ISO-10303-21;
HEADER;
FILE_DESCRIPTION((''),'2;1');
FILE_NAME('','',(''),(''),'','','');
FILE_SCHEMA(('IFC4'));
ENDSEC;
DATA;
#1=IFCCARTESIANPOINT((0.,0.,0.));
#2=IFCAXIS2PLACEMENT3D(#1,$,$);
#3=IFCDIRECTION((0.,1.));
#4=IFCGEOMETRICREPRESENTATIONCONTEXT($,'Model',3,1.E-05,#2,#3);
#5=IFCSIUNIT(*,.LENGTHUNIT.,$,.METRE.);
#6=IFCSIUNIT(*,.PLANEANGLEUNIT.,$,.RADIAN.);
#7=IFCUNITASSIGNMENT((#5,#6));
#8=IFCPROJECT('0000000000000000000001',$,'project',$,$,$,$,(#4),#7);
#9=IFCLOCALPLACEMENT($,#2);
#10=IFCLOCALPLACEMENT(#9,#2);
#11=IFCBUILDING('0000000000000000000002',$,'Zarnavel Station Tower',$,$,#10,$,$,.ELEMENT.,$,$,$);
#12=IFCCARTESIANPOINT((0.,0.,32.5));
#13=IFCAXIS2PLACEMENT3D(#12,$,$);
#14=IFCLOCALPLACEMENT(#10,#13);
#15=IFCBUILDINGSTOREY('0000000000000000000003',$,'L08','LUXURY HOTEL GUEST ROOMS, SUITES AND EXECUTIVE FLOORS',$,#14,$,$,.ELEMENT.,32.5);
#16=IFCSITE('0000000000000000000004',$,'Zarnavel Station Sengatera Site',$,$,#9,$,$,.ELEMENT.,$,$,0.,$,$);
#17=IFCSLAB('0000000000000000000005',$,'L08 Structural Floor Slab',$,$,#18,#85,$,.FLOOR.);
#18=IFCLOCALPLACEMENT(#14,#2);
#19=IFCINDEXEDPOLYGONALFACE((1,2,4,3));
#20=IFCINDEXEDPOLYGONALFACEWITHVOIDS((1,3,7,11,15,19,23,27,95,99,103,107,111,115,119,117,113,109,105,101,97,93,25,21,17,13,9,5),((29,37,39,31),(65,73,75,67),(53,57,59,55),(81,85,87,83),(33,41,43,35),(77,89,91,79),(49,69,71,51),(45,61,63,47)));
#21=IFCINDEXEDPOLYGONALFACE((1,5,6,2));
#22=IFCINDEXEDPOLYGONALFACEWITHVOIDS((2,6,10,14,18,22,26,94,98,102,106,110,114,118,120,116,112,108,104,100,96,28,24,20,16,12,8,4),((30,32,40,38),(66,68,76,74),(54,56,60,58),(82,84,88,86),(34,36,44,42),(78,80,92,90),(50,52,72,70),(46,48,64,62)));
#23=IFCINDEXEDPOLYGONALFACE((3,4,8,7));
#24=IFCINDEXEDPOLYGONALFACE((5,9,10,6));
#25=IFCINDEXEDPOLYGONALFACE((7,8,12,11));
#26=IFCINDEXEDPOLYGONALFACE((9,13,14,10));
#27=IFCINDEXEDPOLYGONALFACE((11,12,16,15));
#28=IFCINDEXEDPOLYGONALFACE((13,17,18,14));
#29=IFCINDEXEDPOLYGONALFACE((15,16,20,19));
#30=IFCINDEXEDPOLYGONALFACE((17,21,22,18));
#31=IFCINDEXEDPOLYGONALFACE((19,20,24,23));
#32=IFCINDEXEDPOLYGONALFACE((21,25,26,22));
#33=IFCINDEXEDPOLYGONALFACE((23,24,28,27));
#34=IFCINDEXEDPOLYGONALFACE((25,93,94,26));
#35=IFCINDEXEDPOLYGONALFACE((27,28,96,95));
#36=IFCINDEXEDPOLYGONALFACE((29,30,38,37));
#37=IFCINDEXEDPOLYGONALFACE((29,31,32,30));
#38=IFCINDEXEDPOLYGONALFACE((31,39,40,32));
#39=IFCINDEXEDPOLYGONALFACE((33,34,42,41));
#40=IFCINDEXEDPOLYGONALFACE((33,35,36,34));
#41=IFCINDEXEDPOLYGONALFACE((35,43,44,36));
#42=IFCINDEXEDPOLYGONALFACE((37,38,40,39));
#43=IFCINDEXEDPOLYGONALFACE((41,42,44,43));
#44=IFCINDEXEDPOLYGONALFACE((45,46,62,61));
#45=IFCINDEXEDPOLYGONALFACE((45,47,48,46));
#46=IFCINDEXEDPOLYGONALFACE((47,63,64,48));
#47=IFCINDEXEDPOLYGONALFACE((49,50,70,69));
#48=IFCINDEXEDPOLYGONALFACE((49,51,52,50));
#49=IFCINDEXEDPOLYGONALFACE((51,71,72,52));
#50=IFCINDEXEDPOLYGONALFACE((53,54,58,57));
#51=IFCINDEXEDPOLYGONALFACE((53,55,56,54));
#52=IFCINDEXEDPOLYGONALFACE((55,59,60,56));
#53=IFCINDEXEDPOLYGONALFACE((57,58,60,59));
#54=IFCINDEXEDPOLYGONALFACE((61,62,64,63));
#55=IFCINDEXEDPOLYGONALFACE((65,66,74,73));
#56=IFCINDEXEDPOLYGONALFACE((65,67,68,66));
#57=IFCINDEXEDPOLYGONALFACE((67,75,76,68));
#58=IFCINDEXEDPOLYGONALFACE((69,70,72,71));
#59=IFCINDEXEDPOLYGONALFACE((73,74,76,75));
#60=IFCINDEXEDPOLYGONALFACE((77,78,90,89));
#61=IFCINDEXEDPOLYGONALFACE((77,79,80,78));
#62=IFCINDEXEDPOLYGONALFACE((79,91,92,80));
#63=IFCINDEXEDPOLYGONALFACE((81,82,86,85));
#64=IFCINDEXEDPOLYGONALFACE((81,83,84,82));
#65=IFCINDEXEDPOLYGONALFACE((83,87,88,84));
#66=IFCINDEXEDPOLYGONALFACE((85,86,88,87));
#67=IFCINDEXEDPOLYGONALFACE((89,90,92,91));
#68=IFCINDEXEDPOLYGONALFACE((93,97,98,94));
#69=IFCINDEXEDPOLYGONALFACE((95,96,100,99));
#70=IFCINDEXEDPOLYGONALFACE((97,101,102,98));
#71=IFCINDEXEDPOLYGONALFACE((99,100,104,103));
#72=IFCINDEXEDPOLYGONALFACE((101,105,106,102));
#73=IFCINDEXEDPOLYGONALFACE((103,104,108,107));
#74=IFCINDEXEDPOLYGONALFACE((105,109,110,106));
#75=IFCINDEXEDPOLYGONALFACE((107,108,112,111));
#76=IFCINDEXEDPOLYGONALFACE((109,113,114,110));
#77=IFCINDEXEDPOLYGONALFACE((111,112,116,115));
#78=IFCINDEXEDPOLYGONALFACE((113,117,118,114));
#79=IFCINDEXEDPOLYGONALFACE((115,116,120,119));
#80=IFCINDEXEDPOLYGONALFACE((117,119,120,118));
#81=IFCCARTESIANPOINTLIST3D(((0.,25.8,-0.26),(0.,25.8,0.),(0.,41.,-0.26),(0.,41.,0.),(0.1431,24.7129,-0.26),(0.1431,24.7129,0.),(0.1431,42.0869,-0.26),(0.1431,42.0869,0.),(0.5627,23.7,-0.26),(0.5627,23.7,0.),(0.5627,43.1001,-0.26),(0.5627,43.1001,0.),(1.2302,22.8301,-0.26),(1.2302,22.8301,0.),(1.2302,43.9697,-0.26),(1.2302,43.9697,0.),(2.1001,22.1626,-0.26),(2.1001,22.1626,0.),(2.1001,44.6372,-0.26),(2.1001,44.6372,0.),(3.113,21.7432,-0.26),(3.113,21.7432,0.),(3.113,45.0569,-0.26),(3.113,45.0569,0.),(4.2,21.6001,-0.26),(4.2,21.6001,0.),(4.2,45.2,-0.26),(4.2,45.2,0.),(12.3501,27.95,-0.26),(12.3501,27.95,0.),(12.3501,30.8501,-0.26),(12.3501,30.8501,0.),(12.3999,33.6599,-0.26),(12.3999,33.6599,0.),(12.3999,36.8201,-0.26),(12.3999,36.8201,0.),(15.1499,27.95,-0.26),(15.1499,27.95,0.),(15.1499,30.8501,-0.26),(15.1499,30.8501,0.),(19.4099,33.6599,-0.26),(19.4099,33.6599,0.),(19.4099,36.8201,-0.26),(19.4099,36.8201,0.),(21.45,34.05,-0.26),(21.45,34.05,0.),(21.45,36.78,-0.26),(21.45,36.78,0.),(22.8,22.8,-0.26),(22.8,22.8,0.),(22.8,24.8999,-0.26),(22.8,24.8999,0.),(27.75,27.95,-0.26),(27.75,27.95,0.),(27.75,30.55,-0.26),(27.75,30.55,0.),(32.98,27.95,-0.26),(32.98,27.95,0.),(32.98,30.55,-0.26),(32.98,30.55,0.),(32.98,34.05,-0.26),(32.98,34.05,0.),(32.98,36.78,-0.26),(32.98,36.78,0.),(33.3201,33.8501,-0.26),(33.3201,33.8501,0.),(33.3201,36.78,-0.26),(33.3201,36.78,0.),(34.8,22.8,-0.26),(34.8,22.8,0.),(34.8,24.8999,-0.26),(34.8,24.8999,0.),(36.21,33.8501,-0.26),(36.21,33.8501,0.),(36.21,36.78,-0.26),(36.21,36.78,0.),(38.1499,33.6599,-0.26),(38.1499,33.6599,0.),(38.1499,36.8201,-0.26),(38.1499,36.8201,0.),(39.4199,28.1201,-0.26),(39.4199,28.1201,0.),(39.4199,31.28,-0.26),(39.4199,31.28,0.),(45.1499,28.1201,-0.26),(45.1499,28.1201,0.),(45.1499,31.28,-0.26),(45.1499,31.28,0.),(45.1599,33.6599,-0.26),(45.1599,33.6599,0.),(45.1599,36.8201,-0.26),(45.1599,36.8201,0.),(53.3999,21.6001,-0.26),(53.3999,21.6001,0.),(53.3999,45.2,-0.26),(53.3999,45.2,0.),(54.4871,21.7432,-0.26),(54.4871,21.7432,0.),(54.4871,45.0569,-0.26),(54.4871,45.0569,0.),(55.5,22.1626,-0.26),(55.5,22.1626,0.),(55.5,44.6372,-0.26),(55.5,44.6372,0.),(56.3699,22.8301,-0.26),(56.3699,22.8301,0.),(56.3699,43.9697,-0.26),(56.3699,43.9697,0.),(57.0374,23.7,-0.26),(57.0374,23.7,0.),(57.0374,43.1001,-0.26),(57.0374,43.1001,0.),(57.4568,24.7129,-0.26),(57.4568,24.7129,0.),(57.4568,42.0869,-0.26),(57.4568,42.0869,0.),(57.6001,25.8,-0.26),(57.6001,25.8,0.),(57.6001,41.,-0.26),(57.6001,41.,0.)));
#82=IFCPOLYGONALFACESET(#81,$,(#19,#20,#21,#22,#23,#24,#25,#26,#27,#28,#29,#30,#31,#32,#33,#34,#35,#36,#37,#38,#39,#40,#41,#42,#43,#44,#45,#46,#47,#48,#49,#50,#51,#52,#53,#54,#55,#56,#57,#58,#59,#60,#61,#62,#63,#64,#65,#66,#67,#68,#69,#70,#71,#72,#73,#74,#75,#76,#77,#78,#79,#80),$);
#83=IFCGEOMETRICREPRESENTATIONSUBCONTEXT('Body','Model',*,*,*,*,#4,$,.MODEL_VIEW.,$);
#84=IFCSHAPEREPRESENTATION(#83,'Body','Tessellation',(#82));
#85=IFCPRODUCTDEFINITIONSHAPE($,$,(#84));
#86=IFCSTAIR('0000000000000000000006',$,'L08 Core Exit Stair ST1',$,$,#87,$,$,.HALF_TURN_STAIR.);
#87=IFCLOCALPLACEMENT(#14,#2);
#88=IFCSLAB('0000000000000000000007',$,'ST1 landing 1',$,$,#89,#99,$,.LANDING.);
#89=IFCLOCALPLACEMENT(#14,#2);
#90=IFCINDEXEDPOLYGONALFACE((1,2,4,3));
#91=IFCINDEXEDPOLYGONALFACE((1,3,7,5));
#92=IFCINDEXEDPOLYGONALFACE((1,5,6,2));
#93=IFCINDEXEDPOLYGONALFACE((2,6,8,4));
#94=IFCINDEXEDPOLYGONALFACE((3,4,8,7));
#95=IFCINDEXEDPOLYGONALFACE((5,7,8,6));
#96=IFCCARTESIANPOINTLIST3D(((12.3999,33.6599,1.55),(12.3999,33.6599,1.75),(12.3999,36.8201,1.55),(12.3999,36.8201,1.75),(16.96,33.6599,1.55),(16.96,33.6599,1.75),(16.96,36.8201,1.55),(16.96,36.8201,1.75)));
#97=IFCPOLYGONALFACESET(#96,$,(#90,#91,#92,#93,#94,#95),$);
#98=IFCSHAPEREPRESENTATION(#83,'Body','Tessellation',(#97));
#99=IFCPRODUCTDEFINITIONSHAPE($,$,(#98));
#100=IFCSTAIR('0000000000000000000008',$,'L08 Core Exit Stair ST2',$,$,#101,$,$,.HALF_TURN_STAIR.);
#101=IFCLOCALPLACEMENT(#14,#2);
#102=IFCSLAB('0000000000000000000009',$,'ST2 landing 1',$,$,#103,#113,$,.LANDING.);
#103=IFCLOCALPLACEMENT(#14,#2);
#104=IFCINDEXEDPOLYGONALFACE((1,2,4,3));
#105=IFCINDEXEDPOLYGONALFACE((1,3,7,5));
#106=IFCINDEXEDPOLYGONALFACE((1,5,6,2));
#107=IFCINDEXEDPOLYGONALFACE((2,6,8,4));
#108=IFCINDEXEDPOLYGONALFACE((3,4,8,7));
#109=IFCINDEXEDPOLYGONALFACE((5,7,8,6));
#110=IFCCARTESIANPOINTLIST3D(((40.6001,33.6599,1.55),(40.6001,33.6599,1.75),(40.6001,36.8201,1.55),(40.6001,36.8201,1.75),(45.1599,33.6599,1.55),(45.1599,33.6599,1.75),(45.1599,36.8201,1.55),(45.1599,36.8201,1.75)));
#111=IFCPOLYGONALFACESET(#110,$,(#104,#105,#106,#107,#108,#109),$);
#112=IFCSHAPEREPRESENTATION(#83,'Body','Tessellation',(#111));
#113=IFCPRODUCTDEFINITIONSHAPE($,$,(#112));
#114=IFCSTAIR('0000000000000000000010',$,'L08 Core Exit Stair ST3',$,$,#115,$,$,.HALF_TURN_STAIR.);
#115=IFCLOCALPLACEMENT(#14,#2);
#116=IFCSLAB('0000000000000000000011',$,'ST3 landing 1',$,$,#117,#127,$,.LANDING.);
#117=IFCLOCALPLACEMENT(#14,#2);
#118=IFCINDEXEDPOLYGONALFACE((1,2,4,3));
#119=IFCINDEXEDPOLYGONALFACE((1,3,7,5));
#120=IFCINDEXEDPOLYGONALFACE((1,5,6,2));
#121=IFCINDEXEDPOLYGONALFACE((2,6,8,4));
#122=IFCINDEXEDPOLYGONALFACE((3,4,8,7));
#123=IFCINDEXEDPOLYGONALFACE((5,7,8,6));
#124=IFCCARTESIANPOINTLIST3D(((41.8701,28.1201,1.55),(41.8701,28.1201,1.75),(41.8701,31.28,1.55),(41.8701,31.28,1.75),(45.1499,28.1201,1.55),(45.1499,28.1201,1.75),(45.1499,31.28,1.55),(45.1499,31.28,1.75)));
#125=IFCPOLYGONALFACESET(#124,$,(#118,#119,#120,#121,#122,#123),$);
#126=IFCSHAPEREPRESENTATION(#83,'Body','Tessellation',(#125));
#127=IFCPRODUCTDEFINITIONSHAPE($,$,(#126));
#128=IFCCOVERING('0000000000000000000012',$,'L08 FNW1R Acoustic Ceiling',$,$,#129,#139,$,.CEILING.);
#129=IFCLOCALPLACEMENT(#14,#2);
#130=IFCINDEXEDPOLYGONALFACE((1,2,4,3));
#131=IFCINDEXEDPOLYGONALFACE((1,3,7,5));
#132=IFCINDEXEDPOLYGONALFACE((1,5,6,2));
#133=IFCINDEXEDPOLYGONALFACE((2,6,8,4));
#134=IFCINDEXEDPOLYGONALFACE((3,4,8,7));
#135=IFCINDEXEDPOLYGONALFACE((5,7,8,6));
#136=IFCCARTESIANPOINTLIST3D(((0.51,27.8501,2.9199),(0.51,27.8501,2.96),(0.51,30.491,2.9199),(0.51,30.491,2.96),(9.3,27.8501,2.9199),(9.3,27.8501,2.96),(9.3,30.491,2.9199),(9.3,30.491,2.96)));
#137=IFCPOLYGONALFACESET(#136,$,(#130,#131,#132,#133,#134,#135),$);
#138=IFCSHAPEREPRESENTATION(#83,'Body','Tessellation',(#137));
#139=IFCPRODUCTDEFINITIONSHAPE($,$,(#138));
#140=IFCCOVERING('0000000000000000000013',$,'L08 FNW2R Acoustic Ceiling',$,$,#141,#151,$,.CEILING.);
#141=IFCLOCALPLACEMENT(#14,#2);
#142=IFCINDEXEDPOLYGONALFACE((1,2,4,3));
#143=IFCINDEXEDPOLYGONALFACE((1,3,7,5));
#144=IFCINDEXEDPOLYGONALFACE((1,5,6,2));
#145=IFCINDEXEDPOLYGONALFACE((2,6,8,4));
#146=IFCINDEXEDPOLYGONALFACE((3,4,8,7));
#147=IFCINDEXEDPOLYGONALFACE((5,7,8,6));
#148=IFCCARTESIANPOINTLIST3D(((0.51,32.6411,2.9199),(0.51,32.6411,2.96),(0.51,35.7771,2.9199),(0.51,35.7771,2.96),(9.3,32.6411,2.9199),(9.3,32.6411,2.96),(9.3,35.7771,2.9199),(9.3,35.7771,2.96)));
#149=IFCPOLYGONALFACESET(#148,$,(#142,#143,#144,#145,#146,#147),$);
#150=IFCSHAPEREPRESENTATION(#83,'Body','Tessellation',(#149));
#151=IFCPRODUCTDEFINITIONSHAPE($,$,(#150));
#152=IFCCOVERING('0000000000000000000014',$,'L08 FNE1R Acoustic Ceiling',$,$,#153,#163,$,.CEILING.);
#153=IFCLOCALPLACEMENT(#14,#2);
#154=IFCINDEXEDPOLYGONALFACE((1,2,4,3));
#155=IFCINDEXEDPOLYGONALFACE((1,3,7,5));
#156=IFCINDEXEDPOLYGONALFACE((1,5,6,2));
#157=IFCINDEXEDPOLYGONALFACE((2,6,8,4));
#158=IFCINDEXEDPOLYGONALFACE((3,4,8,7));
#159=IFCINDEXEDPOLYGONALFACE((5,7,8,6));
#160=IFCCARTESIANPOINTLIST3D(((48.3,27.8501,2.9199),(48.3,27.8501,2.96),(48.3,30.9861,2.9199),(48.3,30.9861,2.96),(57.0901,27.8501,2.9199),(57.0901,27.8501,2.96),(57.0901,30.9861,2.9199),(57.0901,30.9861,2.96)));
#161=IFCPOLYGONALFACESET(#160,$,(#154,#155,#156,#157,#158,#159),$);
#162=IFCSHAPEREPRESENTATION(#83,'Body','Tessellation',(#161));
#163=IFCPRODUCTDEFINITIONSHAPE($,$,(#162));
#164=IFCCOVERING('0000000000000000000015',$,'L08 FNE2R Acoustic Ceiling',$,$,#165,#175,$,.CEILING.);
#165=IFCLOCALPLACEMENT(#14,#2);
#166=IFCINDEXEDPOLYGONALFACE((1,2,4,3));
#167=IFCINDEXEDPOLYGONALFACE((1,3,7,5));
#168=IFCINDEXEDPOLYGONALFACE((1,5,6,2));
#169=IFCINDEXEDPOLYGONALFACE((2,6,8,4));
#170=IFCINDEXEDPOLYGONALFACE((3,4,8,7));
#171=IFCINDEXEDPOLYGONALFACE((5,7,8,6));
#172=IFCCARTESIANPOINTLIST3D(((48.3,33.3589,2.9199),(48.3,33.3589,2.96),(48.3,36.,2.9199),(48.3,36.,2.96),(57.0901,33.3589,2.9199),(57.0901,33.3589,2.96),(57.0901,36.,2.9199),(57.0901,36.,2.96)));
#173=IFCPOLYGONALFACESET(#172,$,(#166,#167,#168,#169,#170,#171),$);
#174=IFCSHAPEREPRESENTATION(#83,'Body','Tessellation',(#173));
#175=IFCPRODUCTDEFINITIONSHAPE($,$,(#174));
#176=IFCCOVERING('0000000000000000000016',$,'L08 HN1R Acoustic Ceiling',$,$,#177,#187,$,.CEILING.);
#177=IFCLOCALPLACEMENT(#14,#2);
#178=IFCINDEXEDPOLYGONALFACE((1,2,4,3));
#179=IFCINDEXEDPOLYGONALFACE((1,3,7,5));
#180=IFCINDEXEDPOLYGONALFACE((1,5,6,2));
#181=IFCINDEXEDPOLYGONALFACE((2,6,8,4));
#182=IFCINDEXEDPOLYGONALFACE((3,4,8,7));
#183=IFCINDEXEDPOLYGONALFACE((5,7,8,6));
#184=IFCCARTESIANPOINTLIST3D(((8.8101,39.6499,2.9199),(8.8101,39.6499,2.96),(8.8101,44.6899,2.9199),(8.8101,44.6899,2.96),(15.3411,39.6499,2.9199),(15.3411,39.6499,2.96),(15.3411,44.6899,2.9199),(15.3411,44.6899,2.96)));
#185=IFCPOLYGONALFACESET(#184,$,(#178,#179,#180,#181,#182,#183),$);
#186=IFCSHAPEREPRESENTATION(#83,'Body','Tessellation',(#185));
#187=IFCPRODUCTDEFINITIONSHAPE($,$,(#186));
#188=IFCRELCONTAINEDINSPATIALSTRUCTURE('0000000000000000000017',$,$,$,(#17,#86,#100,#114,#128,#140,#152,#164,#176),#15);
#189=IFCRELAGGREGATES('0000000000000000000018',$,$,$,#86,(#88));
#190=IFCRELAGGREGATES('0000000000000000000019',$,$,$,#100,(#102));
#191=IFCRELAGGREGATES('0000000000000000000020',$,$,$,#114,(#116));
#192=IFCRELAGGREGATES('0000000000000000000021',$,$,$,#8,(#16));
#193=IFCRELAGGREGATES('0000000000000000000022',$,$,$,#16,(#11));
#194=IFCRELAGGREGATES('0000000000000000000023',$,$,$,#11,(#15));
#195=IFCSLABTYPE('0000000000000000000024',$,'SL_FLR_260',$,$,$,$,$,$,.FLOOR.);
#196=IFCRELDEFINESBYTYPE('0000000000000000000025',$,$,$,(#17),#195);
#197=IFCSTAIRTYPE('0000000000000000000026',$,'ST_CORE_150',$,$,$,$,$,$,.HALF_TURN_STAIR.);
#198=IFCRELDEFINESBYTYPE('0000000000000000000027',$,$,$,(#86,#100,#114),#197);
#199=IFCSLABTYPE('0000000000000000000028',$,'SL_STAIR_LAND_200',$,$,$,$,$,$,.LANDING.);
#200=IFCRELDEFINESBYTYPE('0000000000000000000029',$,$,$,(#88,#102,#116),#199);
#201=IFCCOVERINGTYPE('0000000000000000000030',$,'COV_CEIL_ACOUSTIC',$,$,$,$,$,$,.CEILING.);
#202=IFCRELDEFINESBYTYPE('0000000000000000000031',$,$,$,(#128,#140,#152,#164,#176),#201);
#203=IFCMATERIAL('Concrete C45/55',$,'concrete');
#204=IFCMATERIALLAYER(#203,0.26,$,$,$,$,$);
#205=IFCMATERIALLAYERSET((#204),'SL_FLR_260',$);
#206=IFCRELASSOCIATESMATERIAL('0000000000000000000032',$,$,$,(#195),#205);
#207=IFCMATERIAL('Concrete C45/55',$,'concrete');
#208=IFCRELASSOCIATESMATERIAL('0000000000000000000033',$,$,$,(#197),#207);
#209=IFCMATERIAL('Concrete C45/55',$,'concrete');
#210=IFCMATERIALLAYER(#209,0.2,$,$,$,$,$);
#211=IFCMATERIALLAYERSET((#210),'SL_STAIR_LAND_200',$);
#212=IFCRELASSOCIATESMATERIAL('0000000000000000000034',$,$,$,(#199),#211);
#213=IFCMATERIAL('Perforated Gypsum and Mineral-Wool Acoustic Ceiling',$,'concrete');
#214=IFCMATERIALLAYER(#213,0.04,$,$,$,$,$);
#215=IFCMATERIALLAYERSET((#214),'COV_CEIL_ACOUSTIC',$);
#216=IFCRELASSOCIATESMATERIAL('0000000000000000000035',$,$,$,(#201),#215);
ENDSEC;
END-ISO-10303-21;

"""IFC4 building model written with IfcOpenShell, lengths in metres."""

from ifc_helpers import new_model, si_unit, direction, frame, origin, place, context, subcontext, project, spatial, polyline, outline, extrude, material, layer, layer_set, type_object, element, aggregate, save


model = new_model("IFC4")

# Units and contexts
model_context = context("Model", 3, precision=1e-05, world=origin(), true_north=direction((0.0, 1.0)))
body_context = subcontext(model_context, "Body", "Model", "MODEL_VIEW")
ifc_project = project(units=[si_unit("LENGTHUNIT", "METRE"), si_unit("PLANEANGLEUNIT", "RADIAN")], contexts=[model_context])

# Site, building, storey
site_placement = place(None, origin())
site = spatial("IfcSite", under=ifc_project, at=site_placement, Name="Zarnavel Station Sengatera Site", CompositionType="ELEMENT", RefElevation=0.0)
building_placement = place(site_placement, origin())
building = spatial("IfcBuilding", under=site, at=building_placement, Name="Zarnavel Station Tower", CompositionType="ELEMENT")
storey_placement = place(building_placement, frame((0.0, 0.0, 32.5)))
storey = spatial("IfcBuildingStorey", under=building, at=storey_placement, Name="L08", Description="LUXURY HOTEL GUEST ROOMS, SUITES AND EXECUTIVE FLOORS", CompositionType="ELEMENT", Elevation=32.5)

# Slab
ifc_material_1 = material(Name="Concrete C45/55", Category="concrete")
ifc_layer_1 = layer(ifc_material_1, 0.26)
ifc_layer_set_1 = layer_set([ifc_layer_1], Name="SL_FLR_260")
slab_type_1 = type_object("IfcSlabType", Name="SL_FLR_260", PredefinedType="FLOOR", material=ifc_layer_set_1)
slab_1_placement = place(storey_placement, frame((0.0, 0.0, -0.26)))
element("IfcSlab", 1, at=slab_1_placement, inside=storey, type_object=slab_type_1, Name="L08 Structural Floor Slab", PredefinedType="FLOOR", context=body_context, shape_type="SweptSolid", body=[
    extrude(outline(polyline([(53.3999, 21.6001), (54.4871, 21.7432), (55.5, 22.1626), (56.3699, 22.8301), (57.0374, 23.7), (57.4568, 24.7129), (57.6001, 25.8), (57.6001, 41.0), (57.4568, 42.0869), (57.0374, 43.1001), (56.3699, 43.9697), (55.5, 44.6372), (54.4871, 45.0569), (53.3999, 45.2), (4.2, 45.2), (3.113, 45.0569), (2.1001, 44.6372), (1.2302, 43.9697), (0.5627, 43.1001), (0.1431, 42.0869), (0.0, 41.0), (0.0, 25.8), (0.1431, 24.7129), (0.5627, 23.7), (1.2302, 22.8301), (2.1001, 22.1626), (3.113, 21.7432), (4.2, 21.6001), (53.3999, 21.6001)]), holes=[polyline([(12.3999, 33.6599), (19.4099, 33.6599), (19.4099, 36.8201), (12.3999, 36.8201), (12.3999, 33.6599)]), polyline([(38.1499, 33.6599), (45.1599, 33.6599), (45.1599, 36.8201), (38.1499, 36.8201), (38.1499, 33.6599)]), polyline([(39.4199, 28.1201), (45.1499, 28.1201), (45.1499, 31.28), (39.4199, 31.28), (39.4199, 28.1201)]), polyline([(12.3501, 27.95), (15.1499, 27.95), (15.1499, 30.8501), (12.3501, 30.8501), (12.3501, 27.95)]), polyline([(33.3201, 33.8501), (36.21, 33.8501), (36.21, 36.78), (33.3201, 36.78), (33.3201, 33.8501)]), polyline([(21.45, 34.05), (32.98, 34.05), (32.98, 36.78), (21.45, 36.78), (21.45, 34.05)]), polyline([(27.75, 27.95), (32.98, 27.95), (32.98, 30.55), (27.75, 30.55), (27.75, 27.95)]), polyline([(22.8, 22.8), (34.8, 22.8), (34.8, 24.8999), (22.8, 24.8999), (22.8, 22.8)])]), origin(), (0.0, 0.0, 1.0), 0.26),
])

# Stairs, slabs
ifc_material_2 = material(Name="Concrete C45/55", Category="concrete")
stair_type = type_object("IfcStairType", Name="ST_CORE_150", PredefinedType="HALF_TURN_STAIR", material=ifc_material_2)
stair_1_placement = place(storey_placement, origin())
stair_1 = element("IfcStair", 2, at=stair_1_placement, inside=storey, type_object=stair_type, Name="L08 Core Exit Stair ST1", PredefinedType="HALF_TURN_STAIR")
ifc_material_3 = material(Name="Concrete C45/55", Category="concrete")
ifc_layer_2 = layer(ifc_material_3, 0.2)
ifc_layer_set_2 = layer_set([ifc_layer_2], Name="SL_STAIR_LAND_200")
slab_type_2 = type_object("IfcSlabType", Name="SL_STAIR_LAND_200", PredefinedType="LANDING", material=ifc_layer_set_2)
slab_2_placement = place(storey_placement, frame((0.0, 0.0, 1.55)))
slab_2 = element("IfcSlab", 3, at=slab_2_placement, type_object=slab_type_2, Name="ST1 landing 1", PredefinedType="LANDING", context=body_context, shape_type="SweptSolid", body=[
    extrude(outline(polyline([(16.96, 36.8201), (12.3999, 36.8201), (12.3999, 33.6599), (16.96, 33.6599), (16.96, 36.8201)])), origin(), (0.0, 0.0, 1.0), 0.2),
])
aggregate(stair_1, [slab_2])
stair_2_placement = place(storey_placement, origin())
stair_2 = element("IfcStair", 4, at=stair_2_placement, inside=storey, type_object=stair_type, Name="L08 Core Exit Stair ST2", PredefinedType="HALF_TURN_STAIR")
slab_3_placement = place(storey_placement, frame((0.0, 0.0, 1.55)))
slab_3 = element("IfcSlab", 5, at=slab_3_placement, type_object=slab_type_2, Name="ST2 landing 1", PredefinedType="LANDING", context=body_context, shape_type="SweptSolid", body=[
    extrude(outline(polyline([(40.6001, 33.6599), (45.1599, 33.6599), (45.1599, 36.8201), (40.6001, 36.8201), (40.6001, 33.6599)])), origin(), (0.0, 0.0, 1.0), 0.2),
])
aggregate(stair_2, [slab_3])
stair_3_placement = place(storey_placement, origin())
stair_3 = element("IfcStair", 6, at=stair_3_placement, inside=storey, type_object=stair_type, Name="L08 Core Exit Stair ST3", PredefinedType="HALF_TURN_STAIR")
slab_4_placement = place(storey_placement, frame((0.0, 0.0, 1.55)))
slab_4 = element("IfcSlab", 7, at=slab_4_placement, type_object=slab_type_2, Name="ST3 landing 1", PredefinedType="LANDING", context=body_context, shape_type="SweptSolid", body=[
    extrude(outline(polyline([(41.8701, 28.1201), (45.1499, 28.1201), (45.1499, 31.28), (41.8701, 31.28), (41.8701, 28.1201)])), origin(), (0.0, 0.0, 1.0), 0.2),
])
aggregate(stair_3, [slab_4])

# Coverings
ifc_material_4 = material(Name="Perforated Gypsum and Mineral-Wool Acoustic Ceiling", Category="concrete")
ifc_layer_3 = layer(ifc_material_4, 0.04)
ifc_layer_set_3 = layer_set([ifc_layer_3], Name="COV_CEIL_ACOUSTIC")
covering_type_1 = type_object("IfcCoveringType", Name="COV_CEIL_ACOUSTIC", PredefinedType="CEILING", material=ifc_layer_set_3)
covering_1_placement = place(storey_placement, frame((0.0, 0.0, 2.9199)))
element("IfcCovering", 8, at=covering_1_placement, inside=storey, type_object=covering_type_1, Name="L08 FNW1R Acoustic Ceiling", PredefinedType="CEILING", context=body_context, shape_type="SweptSolid", body=[
    extrude(outline(polyline([(0.51, 27.8501), (9.3, 27.8501), (9.3, 30.491), (0.51, 30.491), (0.51, 27.8501)])), origin(), (0.0, 0.0, 1.0), 0.04),
])
covering_2_placement = place(storey_placement, frame((0.0, 0.0, 2.9199)))
element("IfcCovering", 9, at=covering_2_placement, inside=storey, type_object=covering_type_1, Name="L08 FNW2R Acoustic Ceiling", PredefinedType="CEILING", context=body_context, shape_type="SweptSolid", body=[
    extrude(outline(polyline([(0.51, 32.6411), (9.3, 32.6411), (9.3, 35.7771), (0.51, 35.7771), (0.51, 32.6411)])), origin(), (0.0, 0.0, 1.0), 0.04),
])
covering_3_placement = place(storey_placement, frame((0.0, 0.0, 2.9199)))
element("IfcCovering", 10, at=covering_3_placement, inside=storey, type_object=covering_type_1, Name="L08 FNE1R Acoustic Ceiling", PredefinedType="CEILING", context=body_context, shape_type="SweptSolid", body=[
    extrude(outline(polyline([(48.3, 27.8501), (57.0901, 27.8501), (57.0901, 30.9861), (48.3, 30.9861), (48.3, 27.8501)])), origin(), (0.0, 0.0, 1.0), 0.04),
])
covering_4_placement = place(storey_placement, frame((0.0, 0.0, 2.9199)))
element("IfcCovering", 11, at=covering_4_placement, inside=storey, type_object=covering_type_1, Name="L08 FNE2R Acoustic Ceiling", PredefinedType="CEILING", context=body_context, shape_type="SweptSolid", body=[
    extrude(outline(polyline([(48.3, 33.3589), (57.0901, 33.3589), (57.0901, 36.0), (48.3, 36.0), (48.3, 33.3589)])), origin(), (0.0, 0.0, 1.0), 0.04),
])
covering_5_placement = place(storey_placement, frame((0.0, 0.0, 2.9199)))
element("IfcCovering", 12, at=covering_5_placement, inside=storey, type_object=covering_type_1, Name="L08 HN1R Acoustic Ceiling", PredefinedType="CEILING", context=body_context, shape_type="SweptSolid", body=[
    extrude(outline(polyline([(8.8101, 39.6499), (15.3411, 39.6499), (15.3411, 44.6899), (8.8101, 44.6899), (8.8101, 39.6499)])), origin(), (0.0, 0.0, 1.0), 0.04),
])

save(model, "model.ifc")
